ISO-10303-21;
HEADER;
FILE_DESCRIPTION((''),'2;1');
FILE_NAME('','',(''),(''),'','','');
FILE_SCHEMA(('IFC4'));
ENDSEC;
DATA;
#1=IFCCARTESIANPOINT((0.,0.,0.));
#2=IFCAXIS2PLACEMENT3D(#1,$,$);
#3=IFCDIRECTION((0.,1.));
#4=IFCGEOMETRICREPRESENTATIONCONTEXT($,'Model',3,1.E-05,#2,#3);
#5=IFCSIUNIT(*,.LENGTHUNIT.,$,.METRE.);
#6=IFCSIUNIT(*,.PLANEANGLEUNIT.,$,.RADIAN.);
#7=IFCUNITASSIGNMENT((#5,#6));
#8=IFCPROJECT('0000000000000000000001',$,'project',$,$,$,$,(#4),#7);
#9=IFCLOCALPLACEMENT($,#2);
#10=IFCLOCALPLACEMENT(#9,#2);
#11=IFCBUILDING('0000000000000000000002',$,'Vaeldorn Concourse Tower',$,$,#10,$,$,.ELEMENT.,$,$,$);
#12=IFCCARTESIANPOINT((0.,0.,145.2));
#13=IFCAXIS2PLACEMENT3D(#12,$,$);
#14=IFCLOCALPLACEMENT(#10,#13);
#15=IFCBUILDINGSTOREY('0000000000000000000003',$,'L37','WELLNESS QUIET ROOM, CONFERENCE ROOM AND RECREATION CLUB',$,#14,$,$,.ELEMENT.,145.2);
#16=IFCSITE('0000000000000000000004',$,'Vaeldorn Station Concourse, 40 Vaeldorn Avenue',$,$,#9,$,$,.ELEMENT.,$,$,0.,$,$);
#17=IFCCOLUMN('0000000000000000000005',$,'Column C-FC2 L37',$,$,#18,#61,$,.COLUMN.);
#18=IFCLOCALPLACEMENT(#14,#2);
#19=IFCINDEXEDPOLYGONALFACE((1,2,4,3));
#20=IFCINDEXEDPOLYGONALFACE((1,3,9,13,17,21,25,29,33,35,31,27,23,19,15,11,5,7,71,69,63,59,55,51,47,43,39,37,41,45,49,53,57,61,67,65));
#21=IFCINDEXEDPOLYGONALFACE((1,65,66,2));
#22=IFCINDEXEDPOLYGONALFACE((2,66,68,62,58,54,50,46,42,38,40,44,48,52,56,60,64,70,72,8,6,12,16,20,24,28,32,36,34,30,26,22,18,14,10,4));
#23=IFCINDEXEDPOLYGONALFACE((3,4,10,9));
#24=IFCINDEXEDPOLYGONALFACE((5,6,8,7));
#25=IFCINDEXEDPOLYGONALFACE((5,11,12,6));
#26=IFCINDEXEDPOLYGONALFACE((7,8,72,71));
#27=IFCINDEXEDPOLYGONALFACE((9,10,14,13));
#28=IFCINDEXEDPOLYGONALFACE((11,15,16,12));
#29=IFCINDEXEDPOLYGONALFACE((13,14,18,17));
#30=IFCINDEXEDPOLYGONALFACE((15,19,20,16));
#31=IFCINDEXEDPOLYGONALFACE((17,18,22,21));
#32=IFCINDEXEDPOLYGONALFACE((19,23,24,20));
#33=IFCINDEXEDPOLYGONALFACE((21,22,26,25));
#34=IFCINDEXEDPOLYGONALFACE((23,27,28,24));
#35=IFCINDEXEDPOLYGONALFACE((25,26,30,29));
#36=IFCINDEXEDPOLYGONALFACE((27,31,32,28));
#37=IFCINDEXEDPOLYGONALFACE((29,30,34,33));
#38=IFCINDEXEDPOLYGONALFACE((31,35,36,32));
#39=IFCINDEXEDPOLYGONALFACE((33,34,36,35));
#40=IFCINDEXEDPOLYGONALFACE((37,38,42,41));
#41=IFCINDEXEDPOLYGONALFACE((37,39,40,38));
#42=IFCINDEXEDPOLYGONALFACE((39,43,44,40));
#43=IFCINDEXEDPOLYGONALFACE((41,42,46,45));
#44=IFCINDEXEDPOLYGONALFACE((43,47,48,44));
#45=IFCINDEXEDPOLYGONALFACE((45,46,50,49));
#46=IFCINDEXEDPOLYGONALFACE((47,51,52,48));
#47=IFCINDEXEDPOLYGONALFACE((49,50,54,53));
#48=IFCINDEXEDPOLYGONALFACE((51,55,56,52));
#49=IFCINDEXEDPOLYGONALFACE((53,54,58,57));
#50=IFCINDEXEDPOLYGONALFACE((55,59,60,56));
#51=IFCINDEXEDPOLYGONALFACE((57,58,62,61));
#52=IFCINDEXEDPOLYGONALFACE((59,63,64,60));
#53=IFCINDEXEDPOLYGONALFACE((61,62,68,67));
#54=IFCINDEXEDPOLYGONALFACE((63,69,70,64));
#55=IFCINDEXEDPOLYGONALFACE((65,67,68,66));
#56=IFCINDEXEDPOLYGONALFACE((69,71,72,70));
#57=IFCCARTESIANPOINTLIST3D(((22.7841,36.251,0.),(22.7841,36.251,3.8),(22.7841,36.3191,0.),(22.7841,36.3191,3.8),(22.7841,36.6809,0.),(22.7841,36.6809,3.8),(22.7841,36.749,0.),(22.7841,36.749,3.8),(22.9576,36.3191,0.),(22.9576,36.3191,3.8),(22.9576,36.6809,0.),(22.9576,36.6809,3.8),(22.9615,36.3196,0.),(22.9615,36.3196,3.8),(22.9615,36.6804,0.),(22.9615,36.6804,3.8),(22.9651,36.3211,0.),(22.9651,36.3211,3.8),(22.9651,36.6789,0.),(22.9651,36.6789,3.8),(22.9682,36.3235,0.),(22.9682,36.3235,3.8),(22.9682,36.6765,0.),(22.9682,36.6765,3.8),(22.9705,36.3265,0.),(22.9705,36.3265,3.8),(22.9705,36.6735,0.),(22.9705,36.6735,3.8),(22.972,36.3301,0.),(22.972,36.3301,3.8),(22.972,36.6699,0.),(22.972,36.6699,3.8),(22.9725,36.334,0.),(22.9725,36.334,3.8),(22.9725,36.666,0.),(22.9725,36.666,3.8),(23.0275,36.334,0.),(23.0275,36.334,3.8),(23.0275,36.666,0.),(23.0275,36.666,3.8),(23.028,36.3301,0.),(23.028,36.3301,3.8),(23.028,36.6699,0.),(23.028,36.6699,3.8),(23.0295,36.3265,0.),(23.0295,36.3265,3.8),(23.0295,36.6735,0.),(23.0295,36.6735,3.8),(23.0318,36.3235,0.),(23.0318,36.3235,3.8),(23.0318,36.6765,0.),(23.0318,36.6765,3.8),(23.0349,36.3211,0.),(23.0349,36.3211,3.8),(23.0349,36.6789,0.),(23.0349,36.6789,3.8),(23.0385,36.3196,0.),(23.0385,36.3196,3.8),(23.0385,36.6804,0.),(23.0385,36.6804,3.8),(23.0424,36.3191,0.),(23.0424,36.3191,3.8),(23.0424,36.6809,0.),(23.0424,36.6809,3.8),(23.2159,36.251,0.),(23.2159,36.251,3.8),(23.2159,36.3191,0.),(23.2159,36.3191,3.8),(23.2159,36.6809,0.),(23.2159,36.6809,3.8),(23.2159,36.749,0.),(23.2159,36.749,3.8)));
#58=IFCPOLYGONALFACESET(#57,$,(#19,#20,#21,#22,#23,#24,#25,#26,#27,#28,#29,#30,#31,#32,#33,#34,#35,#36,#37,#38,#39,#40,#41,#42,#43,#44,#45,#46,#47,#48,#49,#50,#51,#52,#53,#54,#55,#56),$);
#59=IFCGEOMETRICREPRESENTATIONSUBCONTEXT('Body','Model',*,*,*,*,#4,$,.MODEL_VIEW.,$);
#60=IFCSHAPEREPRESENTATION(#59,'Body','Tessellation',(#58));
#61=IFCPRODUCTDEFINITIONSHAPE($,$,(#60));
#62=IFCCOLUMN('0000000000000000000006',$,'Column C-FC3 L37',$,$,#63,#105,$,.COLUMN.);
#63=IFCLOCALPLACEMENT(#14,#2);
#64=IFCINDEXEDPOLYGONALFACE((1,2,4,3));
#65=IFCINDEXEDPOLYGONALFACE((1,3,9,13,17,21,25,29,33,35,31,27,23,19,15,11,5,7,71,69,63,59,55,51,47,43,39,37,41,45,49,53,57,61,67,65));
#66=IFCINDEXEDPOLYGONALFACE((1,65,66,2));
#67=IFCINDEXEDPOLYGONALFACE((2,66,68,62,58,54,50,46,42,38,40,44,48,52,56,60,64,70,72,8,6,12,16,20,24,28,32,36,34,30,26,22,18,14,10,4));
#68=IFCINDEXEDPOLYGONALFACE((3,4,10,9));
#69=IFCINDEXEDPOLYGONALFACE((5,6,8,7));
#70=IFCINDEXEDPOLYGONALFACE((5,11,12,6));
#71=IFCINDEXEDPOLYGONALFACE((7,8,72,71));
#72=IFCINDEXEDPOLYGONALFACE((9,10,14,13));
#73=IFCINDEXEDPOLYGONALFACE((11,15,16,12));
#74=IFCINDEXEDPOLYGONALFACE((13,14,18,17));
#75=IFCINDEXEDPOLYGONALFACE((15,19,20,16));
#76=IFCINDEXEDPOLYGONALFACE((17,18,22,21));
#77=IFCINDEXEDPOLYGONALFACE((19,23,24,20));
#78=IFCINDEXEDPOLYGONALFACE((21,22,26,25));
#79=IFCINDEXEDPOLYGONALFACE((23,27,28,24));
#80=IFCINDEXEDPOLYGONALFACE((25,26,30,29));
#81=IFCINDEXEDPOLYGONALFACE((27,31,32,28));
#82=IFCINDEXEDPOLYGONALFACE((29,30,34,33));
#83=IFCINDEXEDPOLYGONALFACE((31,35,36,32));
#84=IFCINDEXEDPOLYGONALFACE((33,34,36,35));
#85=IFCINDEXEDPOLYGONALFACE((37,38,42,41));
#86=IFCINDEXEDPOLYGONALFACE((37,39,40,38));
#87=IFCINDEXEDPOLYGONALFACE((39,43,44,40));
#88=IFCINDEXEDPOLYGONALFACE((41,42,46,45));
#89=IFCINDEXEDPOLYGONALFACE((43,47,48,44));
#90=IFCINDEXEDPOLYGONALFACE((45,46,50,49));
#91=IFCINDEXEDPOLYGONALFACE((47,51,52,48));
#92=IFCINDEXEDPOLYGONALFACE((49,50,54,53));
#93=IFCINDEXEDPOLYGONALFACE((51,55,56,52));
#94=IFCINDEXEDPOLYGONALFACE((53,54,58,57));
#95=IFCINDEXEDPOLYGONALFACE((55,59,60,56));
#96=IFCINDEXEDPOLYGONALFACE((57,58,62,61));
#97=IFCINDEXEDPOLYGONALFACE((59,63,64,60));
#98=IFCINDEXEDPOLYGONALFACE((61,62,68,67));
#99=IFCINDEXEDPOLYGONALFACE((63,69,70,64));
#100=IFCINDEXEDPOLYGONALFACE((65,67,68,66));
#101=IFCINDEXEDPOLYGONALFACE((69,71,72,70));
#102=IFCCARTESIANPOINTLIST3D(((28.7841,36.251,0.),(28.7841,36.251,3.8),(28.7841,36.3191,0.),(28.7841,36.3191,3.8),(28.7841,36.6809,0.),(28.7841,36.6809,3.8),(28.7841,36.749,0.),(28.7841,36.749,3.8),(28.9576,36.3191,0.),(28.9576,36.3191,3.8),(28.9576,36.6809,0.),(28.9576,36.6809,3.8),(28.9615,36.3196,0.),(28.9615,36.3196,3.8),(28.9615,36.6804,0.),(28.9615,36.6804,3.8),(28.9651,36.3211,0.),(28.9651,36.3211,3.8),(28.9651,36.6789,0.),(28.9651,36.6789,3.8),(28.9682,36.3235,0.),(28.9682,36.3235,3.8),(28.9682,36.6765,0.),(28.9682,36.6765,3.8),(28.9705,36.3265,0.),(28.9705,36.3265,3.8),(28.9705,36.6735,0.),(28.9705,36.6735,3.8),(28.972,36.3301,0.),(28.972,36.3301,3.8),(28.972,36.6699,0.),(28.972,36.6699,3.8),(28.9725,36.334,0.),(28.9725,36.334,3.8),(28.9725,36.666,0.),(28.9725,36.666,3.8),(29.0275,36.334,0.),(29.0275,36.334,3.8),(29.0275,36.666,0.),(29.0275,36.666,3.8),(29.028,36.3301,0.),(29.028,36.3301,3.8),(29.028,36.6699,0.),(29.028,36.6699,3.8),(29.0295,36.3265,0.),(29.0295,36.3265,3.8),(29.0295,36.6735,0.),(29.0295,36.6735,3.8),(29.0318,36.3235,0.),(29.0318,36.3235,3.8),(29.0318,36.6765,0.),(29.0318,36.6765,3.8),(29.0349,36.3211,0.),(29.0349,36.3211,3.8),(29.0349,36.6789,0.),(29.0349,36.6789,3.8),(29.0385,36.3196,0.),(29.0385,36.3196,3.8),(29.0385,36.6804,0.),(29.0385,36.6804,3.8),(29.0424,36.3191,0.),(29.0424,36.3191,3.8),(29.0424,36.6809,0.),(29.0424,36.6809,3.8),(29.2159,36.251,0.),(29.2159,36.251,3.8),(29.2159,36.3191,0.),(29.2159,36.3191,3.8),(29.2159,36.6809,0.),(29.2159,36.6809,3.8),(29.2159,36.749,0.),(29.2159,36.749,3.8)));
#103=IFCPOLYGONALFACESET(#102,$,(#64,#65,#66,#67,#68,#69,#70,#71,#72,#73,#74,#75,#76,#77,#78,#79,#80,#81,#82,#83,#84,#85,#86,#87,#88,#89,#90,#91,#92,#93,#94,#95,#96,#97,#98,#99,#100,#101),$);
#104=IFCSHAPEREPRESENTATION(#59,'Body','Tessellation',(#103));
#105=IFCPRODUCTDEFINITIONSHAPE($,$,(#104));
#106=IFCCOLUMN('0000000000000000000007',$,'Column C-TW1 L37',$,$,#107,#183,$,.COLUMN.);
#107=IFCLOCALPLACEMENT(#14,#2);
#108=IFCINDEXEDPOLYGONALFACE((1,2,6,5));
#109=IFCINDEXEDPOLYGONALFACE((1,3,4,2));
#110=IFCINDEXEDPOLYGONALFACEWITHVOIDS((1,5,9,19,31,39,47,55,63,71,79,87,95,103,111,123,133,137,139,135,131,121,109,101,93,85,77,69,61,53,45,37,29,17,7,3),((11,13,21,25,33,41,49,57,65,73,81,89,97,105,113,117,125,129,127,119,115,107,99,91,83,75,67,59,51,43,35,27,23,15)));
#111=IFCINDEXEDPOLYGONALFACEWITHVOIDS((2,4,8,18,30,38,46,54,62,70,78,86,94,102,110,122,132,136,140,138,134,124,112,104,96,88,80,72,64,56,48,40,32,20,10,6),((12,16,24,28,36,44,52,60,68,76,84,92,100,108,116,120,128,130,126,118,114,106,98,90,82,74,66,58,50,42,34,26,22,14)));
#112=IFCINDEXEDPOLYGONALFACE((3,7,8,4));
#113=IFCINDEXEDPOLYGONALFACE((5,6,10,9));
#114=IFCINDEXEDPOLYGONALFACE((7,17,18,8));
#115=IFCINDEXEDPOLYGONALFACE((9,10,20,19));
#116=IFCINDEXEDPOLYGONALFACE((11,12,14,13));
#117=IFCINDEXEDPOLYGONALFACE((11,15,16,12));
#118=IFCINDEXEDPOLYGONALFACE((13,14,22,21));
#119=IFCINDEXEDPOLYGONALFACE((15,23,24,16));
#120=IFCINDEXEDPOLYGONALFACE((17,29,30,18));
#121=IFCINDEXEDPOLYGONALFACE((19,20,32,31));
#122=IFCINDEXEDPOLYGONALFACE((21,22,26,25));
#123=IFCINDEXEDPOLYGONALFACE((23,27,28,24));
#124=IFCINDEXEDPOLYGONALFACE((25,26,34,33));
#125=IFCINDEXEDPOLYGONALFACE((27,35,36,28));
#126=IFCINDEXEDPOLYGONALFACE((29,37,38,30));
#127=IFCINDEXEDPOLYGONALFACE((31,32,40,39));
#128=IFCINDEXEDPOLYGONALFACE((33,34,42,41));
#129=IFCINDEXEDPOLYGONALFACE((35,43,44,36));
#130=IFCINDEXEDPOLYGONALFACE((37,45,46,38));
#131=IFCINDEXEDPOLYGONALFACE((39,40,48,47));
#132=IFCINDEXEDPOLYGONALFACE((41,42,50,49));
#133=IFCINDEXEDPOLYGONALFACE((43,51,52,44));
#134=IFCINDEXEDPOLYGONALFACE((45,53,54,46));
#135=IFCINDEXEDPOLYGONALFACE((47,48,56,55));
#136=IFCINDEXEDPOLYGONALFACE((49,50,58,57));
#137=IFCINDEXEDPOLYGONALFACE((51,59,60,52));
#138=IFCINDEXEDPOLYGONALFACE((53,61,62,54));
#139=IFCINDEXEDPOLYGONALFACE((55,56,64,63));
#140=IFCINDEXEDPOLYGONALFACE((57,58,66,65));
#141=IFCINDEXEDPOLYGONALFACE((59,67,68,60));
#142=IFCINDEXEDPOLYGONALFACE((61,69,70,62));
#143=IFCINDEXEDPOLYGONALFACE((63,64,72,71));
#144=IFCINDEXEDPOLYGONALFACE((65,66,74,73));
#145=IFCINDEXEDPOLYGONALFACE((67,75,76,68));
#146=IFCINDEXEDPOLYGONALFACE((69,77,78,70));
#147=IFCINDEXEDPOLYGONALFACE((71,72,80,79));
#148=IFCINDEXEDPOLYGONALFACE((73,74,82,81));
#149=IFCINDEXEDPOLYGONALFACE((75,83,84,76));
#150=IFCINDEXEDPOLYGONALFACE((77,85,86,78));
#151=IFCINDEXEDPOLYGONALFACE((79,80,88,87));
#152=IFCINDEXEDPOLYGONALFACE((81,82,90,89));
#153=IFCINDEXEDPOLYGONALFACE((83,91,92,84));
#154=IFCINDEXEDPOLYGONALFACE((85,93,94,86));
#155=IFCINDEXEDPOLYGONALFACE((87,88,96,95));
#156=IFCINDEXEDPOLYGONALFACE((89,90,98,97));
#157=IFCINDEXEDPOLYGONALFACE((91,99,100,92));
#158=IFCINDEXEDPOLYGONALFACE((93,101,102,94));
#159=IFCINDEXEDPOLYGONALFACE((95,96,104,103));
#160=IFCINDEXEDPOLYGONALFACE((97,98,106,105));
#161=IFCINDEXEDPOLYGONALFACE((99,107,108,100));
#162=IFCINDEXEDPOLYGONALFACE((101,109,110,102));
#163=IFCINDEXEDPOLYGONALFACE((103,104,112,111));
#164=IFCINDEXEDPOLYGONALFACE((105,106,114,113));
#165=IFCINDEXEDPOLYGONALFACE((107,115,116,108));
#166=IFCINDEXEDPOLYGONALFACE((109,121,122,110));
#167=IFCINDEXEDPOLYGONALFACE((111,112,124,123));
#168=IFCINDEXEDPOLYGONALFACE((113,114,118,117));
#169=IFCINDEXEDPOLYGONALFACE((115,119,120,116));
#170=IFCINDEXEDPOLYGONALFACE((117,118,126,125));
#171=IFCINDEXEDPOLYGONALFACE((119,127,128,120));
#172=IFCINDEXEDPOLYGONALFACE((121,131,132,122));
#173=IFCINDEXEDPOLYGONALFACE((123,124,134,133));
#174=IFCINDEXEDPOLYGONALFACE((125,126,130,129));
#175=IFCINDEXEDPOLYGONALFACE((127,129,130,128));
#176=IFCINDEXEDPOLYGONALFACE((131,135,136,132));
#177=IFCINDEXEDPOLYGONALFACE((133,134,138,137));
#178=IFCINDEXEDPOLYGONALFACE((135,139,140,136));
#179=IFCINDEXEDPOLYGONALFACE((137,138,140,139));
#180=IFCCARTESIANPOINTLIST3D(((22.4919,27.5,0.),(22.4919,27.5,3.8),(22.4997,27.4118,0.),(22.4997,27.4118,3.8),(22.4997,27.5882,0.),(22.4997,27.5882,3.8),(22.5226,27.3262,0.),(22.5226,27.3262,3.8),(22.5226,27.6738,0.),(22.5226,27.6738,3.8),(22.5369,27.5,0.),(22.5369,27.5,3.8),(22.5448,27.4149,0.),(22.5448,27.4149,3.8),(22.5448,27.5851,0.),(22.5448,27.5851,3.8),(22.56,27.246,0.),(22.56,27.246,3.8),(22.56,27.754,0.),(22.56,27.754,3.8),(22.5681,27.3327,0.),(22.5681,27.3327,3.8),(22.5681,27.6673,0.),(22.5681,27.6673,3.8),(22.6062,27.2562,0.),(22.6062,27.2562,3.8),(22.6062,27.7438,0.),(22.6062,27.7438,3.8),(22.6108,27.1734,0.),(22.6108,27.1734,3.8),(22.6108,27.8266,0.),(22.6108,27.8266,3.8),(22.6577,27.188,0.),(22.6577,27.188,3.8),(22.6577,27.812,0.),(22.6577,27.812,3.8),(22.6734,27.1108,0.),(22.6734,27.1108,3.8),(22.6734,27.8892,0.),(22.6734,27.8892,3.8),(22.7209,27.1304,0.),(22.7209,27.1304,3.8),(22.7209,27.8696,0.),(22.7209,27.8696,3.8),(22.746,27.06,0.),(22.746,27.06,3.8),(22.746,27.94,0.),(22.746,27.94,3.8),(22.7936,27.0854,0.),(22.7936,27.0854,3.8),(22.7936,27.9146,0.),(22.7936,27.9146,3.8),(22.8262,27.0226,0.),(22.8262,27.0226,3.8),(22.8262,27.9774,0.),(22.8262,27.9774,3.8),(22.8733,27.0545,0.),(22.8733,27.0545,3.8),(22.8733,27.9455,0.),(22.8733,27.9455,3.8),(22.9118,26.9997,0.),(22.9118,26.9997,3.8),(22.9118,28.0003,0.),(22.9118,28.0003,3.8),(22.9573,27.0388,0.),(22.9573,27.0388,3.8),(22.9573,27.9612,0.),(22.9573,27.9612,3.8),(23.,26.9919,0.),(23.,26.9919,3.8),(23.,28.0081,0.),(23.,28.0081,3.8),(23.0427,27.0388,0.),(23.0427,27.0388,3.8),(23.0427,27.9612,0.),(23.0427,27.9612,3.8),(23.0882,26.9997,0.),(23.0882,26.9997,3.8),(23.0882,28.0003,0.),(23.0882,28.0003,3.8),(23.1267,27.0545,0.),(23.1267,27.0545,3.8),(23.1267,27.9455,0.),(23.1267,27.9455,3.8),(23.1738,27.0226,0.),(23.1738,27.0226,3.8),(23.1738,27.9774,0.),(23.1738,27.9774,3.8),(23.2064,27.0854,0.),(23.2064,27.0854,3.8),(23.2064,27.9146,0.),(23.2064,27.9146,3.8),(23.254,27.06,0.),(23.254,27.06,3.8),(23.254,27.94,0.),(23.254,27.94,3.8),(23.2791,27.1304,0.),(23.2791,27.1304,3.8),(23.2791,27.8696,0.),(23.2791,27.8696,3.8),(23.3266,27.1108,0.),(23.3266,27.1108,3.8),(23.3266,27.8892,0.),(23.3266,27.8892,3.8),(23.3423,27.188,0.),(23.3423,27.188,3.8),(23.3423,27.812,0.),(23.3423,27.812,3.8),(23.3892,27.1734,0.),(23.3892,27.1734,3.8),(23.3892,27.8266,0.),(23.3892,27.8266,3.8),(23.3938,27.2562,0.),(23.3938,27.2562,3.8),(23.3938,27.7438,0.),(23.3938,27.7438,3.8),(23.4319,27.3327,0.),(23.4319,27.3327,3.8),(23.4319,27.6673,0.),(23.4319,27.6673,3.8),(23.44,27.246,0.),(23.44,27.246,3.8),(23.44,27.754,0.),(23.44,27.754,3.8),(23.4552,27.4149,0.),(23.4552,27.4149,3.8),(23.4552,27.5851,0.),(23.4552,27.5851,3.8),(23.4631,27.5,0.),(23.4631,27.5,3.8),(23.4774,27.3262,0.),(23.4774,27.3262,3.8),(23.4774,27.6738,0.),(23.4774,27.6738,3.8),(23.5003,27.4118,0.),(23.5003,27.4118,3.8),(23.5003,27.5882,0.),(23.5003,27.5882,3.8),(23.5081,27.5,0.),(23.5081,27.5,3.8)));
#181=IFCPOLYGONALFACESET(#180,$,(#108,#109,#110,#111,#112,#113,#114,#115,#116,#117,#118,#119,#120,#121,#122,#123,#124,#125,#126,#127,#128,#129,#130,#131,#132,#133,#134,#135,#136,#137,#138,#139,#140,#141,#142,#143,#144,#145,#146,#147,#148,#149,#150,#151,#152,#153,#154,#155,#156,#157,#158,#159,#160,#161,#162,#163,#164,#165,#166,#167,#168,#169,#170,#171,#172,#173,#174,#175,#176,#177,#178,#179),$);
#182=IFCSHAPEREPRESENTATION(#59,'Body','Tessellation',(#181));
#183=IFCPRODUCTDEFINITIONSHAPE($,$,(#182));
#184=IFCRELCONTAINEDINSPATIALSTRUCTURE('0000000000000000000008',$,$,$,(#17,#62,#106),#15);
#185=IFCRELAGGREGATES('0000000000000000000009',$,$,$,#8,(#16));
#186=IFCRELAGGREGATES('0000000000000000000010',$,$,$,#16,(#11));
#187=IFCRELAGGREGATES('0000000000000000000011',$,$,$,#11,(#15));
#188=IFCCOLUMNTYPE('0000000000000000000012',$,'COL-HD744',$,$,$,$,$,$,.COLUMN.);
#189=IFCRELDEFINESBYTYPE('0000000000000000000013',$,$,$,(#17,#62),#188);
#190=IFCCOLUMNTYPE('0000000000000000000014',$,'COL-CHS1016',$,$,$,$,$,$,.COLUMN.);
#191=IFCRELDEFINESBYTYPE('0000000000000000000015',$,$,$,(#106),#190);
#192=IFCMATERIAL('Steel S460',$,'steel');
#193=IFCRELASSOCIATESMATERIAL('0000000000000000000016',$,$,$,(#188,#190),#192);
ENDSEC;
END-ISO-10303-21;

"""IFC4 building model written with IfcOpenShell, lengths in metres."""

from ifc_helpers import new_model, si_unit, direction, frame, origin, origin_2d, place, context, subcontext, project, spatial, hollow_circle, i_section, extrude, source, transform, mapped, material, material_profile, profile_set, type_object, element, save


model = new_model("IFC4")

# Units and contexts
model_context = context("Model", 3, precision=1e-05, world=origin(), true_north=direction((0.0, 1.0)))
body_context = subcontext(model_context, "Body", "Model", "MODEL_VIEW")
ifc_project = project(units=[si_unit("LENGTHUNIT", "METRE"), si_unit("PLANEANGLEUNIT", "RADIAN")], contexts=[model_context])

# Site, building, storey
site_placement = place(None, origin())
site = spatial("IfcSite", under=ifc_project, at=site_placement, Name="Vaeldorn Station Concourse, 40 Vaeldorn Avenue", CompositionType="ELEMENT", RefElevation=0.0)
building_placement = place(site_placement, origin())
building = spatial("IfcBuilding", under=site, at=building_placement, Name="Vaeldorn Concourse Tower", CompositionType="ELEMENT")
storey_placement = place(building_placement, frame((0.0, 0.0, 145.2)))
storey = spatial("IfcBuildingStorey", under=building, at=storey_placement, Name="L37", Description="WELLNESS QUIET ROOM, CONFERENCE ROOM AND RECREATION CLUB", CompositionType="ELEMENT", Elevation=145.2)

# Columns
ifc_material_1 = material(Name="Steel S460", Category="steel")
ifc_material_profile_1 = material_profile(ifc_material_1, i_section(OverallWidth=0.4319, OverallDepth=0.498, WebThickness=0.0549, FlangeThickness=0.0681, FilletRadius=0.0149, at=origin_2d()), Name="HD 400x744")
ifc_profile_set_1 = profile_set([ifc_material_profile_1], Name="Steel S460")
column_type_1 = type_object("IfcColumnType", Name="COL-HD744", PredefinedType="COLUMN", material=ifc_profile_set_1)
shared_shape_1 = source(origin(), body_context, "Body", "SweptSolid", [
    extrude(i_section(OverallWidth=0.4319, OverallDepth=0.498, WebThickness=0.0549, FlangeThickness=0.0681, FilletRadius=0.0149, at=origin_2d()), origin(), (0.0, 0.0, 1.0), 3.8),
])
for number, where, z_axis, x_axis, name in (
    (1, (23.0, 36.5, 0.0), (0.0, 0.0, 1.0), (1.0, 0.0, 0.0), "Column C-FC2 L37"),
    (2, (29.0, 36.5, 0.0), (0.0, 0.0, 1.0), (1.0, 0.0, 0.0), "Column C-FC3 L37"),
):
    element("IfcColumn", number, at=place(storey_placement, frame(where, z_axis=z_axis, x_axis=x_axis)), inside=storey, type_object=column_type_1, Name=name, PredefinedType="COLUMN", context=body_context, shape_type="MappedRepresentation", body=[
        mapped(shared_shape_1, transform((0.0, 0.0, 0.0), scale=1.0)),
    ])
ifc_material_profile_2 = material_profile(ifc_material_1, hollow_circle(Radius=0.5081, WallThickness=0.0449, at=origin_2d()), Name="CHS 1016x45")
ifc_profile_set_2 = profile_set([ifc_material_profile_2], Name="Steel S460")
column_type_2 = type_object("IfcColumnType", Name="COL-CHS1016", PredefinedType="COLUMN", material=ifc_profile_set_2)
shared_shape_2 = source(origin(), body_context, "Body", "SweptSolid", [
    extrude(hollow_circle(Radius=0.5081, WallThickness=0.0449, at=origin_2d()), origin(), (0.0, 0.0, 1.0), 3.8),
])
column_1_placement = place(storey_placement, frame((23.0, 27.5, 0.0), z_axis=(0.0, 0.0, 1.0), x_axis=(1.0, 0.0, 0.0)))
element("IfcColumn", 3, at=column_1_placement, inside=storey, type_object=column_type_2, Name="Column C-TW1 L37", PredefinedType="COLUMN", context=body_context, shape_type="MappedRepresentation", body=[
    mapped(shared_shape_2, transform((0.0, 0.0, 0.0), scale=1.0)),
])

save(model, "model.ifc")
